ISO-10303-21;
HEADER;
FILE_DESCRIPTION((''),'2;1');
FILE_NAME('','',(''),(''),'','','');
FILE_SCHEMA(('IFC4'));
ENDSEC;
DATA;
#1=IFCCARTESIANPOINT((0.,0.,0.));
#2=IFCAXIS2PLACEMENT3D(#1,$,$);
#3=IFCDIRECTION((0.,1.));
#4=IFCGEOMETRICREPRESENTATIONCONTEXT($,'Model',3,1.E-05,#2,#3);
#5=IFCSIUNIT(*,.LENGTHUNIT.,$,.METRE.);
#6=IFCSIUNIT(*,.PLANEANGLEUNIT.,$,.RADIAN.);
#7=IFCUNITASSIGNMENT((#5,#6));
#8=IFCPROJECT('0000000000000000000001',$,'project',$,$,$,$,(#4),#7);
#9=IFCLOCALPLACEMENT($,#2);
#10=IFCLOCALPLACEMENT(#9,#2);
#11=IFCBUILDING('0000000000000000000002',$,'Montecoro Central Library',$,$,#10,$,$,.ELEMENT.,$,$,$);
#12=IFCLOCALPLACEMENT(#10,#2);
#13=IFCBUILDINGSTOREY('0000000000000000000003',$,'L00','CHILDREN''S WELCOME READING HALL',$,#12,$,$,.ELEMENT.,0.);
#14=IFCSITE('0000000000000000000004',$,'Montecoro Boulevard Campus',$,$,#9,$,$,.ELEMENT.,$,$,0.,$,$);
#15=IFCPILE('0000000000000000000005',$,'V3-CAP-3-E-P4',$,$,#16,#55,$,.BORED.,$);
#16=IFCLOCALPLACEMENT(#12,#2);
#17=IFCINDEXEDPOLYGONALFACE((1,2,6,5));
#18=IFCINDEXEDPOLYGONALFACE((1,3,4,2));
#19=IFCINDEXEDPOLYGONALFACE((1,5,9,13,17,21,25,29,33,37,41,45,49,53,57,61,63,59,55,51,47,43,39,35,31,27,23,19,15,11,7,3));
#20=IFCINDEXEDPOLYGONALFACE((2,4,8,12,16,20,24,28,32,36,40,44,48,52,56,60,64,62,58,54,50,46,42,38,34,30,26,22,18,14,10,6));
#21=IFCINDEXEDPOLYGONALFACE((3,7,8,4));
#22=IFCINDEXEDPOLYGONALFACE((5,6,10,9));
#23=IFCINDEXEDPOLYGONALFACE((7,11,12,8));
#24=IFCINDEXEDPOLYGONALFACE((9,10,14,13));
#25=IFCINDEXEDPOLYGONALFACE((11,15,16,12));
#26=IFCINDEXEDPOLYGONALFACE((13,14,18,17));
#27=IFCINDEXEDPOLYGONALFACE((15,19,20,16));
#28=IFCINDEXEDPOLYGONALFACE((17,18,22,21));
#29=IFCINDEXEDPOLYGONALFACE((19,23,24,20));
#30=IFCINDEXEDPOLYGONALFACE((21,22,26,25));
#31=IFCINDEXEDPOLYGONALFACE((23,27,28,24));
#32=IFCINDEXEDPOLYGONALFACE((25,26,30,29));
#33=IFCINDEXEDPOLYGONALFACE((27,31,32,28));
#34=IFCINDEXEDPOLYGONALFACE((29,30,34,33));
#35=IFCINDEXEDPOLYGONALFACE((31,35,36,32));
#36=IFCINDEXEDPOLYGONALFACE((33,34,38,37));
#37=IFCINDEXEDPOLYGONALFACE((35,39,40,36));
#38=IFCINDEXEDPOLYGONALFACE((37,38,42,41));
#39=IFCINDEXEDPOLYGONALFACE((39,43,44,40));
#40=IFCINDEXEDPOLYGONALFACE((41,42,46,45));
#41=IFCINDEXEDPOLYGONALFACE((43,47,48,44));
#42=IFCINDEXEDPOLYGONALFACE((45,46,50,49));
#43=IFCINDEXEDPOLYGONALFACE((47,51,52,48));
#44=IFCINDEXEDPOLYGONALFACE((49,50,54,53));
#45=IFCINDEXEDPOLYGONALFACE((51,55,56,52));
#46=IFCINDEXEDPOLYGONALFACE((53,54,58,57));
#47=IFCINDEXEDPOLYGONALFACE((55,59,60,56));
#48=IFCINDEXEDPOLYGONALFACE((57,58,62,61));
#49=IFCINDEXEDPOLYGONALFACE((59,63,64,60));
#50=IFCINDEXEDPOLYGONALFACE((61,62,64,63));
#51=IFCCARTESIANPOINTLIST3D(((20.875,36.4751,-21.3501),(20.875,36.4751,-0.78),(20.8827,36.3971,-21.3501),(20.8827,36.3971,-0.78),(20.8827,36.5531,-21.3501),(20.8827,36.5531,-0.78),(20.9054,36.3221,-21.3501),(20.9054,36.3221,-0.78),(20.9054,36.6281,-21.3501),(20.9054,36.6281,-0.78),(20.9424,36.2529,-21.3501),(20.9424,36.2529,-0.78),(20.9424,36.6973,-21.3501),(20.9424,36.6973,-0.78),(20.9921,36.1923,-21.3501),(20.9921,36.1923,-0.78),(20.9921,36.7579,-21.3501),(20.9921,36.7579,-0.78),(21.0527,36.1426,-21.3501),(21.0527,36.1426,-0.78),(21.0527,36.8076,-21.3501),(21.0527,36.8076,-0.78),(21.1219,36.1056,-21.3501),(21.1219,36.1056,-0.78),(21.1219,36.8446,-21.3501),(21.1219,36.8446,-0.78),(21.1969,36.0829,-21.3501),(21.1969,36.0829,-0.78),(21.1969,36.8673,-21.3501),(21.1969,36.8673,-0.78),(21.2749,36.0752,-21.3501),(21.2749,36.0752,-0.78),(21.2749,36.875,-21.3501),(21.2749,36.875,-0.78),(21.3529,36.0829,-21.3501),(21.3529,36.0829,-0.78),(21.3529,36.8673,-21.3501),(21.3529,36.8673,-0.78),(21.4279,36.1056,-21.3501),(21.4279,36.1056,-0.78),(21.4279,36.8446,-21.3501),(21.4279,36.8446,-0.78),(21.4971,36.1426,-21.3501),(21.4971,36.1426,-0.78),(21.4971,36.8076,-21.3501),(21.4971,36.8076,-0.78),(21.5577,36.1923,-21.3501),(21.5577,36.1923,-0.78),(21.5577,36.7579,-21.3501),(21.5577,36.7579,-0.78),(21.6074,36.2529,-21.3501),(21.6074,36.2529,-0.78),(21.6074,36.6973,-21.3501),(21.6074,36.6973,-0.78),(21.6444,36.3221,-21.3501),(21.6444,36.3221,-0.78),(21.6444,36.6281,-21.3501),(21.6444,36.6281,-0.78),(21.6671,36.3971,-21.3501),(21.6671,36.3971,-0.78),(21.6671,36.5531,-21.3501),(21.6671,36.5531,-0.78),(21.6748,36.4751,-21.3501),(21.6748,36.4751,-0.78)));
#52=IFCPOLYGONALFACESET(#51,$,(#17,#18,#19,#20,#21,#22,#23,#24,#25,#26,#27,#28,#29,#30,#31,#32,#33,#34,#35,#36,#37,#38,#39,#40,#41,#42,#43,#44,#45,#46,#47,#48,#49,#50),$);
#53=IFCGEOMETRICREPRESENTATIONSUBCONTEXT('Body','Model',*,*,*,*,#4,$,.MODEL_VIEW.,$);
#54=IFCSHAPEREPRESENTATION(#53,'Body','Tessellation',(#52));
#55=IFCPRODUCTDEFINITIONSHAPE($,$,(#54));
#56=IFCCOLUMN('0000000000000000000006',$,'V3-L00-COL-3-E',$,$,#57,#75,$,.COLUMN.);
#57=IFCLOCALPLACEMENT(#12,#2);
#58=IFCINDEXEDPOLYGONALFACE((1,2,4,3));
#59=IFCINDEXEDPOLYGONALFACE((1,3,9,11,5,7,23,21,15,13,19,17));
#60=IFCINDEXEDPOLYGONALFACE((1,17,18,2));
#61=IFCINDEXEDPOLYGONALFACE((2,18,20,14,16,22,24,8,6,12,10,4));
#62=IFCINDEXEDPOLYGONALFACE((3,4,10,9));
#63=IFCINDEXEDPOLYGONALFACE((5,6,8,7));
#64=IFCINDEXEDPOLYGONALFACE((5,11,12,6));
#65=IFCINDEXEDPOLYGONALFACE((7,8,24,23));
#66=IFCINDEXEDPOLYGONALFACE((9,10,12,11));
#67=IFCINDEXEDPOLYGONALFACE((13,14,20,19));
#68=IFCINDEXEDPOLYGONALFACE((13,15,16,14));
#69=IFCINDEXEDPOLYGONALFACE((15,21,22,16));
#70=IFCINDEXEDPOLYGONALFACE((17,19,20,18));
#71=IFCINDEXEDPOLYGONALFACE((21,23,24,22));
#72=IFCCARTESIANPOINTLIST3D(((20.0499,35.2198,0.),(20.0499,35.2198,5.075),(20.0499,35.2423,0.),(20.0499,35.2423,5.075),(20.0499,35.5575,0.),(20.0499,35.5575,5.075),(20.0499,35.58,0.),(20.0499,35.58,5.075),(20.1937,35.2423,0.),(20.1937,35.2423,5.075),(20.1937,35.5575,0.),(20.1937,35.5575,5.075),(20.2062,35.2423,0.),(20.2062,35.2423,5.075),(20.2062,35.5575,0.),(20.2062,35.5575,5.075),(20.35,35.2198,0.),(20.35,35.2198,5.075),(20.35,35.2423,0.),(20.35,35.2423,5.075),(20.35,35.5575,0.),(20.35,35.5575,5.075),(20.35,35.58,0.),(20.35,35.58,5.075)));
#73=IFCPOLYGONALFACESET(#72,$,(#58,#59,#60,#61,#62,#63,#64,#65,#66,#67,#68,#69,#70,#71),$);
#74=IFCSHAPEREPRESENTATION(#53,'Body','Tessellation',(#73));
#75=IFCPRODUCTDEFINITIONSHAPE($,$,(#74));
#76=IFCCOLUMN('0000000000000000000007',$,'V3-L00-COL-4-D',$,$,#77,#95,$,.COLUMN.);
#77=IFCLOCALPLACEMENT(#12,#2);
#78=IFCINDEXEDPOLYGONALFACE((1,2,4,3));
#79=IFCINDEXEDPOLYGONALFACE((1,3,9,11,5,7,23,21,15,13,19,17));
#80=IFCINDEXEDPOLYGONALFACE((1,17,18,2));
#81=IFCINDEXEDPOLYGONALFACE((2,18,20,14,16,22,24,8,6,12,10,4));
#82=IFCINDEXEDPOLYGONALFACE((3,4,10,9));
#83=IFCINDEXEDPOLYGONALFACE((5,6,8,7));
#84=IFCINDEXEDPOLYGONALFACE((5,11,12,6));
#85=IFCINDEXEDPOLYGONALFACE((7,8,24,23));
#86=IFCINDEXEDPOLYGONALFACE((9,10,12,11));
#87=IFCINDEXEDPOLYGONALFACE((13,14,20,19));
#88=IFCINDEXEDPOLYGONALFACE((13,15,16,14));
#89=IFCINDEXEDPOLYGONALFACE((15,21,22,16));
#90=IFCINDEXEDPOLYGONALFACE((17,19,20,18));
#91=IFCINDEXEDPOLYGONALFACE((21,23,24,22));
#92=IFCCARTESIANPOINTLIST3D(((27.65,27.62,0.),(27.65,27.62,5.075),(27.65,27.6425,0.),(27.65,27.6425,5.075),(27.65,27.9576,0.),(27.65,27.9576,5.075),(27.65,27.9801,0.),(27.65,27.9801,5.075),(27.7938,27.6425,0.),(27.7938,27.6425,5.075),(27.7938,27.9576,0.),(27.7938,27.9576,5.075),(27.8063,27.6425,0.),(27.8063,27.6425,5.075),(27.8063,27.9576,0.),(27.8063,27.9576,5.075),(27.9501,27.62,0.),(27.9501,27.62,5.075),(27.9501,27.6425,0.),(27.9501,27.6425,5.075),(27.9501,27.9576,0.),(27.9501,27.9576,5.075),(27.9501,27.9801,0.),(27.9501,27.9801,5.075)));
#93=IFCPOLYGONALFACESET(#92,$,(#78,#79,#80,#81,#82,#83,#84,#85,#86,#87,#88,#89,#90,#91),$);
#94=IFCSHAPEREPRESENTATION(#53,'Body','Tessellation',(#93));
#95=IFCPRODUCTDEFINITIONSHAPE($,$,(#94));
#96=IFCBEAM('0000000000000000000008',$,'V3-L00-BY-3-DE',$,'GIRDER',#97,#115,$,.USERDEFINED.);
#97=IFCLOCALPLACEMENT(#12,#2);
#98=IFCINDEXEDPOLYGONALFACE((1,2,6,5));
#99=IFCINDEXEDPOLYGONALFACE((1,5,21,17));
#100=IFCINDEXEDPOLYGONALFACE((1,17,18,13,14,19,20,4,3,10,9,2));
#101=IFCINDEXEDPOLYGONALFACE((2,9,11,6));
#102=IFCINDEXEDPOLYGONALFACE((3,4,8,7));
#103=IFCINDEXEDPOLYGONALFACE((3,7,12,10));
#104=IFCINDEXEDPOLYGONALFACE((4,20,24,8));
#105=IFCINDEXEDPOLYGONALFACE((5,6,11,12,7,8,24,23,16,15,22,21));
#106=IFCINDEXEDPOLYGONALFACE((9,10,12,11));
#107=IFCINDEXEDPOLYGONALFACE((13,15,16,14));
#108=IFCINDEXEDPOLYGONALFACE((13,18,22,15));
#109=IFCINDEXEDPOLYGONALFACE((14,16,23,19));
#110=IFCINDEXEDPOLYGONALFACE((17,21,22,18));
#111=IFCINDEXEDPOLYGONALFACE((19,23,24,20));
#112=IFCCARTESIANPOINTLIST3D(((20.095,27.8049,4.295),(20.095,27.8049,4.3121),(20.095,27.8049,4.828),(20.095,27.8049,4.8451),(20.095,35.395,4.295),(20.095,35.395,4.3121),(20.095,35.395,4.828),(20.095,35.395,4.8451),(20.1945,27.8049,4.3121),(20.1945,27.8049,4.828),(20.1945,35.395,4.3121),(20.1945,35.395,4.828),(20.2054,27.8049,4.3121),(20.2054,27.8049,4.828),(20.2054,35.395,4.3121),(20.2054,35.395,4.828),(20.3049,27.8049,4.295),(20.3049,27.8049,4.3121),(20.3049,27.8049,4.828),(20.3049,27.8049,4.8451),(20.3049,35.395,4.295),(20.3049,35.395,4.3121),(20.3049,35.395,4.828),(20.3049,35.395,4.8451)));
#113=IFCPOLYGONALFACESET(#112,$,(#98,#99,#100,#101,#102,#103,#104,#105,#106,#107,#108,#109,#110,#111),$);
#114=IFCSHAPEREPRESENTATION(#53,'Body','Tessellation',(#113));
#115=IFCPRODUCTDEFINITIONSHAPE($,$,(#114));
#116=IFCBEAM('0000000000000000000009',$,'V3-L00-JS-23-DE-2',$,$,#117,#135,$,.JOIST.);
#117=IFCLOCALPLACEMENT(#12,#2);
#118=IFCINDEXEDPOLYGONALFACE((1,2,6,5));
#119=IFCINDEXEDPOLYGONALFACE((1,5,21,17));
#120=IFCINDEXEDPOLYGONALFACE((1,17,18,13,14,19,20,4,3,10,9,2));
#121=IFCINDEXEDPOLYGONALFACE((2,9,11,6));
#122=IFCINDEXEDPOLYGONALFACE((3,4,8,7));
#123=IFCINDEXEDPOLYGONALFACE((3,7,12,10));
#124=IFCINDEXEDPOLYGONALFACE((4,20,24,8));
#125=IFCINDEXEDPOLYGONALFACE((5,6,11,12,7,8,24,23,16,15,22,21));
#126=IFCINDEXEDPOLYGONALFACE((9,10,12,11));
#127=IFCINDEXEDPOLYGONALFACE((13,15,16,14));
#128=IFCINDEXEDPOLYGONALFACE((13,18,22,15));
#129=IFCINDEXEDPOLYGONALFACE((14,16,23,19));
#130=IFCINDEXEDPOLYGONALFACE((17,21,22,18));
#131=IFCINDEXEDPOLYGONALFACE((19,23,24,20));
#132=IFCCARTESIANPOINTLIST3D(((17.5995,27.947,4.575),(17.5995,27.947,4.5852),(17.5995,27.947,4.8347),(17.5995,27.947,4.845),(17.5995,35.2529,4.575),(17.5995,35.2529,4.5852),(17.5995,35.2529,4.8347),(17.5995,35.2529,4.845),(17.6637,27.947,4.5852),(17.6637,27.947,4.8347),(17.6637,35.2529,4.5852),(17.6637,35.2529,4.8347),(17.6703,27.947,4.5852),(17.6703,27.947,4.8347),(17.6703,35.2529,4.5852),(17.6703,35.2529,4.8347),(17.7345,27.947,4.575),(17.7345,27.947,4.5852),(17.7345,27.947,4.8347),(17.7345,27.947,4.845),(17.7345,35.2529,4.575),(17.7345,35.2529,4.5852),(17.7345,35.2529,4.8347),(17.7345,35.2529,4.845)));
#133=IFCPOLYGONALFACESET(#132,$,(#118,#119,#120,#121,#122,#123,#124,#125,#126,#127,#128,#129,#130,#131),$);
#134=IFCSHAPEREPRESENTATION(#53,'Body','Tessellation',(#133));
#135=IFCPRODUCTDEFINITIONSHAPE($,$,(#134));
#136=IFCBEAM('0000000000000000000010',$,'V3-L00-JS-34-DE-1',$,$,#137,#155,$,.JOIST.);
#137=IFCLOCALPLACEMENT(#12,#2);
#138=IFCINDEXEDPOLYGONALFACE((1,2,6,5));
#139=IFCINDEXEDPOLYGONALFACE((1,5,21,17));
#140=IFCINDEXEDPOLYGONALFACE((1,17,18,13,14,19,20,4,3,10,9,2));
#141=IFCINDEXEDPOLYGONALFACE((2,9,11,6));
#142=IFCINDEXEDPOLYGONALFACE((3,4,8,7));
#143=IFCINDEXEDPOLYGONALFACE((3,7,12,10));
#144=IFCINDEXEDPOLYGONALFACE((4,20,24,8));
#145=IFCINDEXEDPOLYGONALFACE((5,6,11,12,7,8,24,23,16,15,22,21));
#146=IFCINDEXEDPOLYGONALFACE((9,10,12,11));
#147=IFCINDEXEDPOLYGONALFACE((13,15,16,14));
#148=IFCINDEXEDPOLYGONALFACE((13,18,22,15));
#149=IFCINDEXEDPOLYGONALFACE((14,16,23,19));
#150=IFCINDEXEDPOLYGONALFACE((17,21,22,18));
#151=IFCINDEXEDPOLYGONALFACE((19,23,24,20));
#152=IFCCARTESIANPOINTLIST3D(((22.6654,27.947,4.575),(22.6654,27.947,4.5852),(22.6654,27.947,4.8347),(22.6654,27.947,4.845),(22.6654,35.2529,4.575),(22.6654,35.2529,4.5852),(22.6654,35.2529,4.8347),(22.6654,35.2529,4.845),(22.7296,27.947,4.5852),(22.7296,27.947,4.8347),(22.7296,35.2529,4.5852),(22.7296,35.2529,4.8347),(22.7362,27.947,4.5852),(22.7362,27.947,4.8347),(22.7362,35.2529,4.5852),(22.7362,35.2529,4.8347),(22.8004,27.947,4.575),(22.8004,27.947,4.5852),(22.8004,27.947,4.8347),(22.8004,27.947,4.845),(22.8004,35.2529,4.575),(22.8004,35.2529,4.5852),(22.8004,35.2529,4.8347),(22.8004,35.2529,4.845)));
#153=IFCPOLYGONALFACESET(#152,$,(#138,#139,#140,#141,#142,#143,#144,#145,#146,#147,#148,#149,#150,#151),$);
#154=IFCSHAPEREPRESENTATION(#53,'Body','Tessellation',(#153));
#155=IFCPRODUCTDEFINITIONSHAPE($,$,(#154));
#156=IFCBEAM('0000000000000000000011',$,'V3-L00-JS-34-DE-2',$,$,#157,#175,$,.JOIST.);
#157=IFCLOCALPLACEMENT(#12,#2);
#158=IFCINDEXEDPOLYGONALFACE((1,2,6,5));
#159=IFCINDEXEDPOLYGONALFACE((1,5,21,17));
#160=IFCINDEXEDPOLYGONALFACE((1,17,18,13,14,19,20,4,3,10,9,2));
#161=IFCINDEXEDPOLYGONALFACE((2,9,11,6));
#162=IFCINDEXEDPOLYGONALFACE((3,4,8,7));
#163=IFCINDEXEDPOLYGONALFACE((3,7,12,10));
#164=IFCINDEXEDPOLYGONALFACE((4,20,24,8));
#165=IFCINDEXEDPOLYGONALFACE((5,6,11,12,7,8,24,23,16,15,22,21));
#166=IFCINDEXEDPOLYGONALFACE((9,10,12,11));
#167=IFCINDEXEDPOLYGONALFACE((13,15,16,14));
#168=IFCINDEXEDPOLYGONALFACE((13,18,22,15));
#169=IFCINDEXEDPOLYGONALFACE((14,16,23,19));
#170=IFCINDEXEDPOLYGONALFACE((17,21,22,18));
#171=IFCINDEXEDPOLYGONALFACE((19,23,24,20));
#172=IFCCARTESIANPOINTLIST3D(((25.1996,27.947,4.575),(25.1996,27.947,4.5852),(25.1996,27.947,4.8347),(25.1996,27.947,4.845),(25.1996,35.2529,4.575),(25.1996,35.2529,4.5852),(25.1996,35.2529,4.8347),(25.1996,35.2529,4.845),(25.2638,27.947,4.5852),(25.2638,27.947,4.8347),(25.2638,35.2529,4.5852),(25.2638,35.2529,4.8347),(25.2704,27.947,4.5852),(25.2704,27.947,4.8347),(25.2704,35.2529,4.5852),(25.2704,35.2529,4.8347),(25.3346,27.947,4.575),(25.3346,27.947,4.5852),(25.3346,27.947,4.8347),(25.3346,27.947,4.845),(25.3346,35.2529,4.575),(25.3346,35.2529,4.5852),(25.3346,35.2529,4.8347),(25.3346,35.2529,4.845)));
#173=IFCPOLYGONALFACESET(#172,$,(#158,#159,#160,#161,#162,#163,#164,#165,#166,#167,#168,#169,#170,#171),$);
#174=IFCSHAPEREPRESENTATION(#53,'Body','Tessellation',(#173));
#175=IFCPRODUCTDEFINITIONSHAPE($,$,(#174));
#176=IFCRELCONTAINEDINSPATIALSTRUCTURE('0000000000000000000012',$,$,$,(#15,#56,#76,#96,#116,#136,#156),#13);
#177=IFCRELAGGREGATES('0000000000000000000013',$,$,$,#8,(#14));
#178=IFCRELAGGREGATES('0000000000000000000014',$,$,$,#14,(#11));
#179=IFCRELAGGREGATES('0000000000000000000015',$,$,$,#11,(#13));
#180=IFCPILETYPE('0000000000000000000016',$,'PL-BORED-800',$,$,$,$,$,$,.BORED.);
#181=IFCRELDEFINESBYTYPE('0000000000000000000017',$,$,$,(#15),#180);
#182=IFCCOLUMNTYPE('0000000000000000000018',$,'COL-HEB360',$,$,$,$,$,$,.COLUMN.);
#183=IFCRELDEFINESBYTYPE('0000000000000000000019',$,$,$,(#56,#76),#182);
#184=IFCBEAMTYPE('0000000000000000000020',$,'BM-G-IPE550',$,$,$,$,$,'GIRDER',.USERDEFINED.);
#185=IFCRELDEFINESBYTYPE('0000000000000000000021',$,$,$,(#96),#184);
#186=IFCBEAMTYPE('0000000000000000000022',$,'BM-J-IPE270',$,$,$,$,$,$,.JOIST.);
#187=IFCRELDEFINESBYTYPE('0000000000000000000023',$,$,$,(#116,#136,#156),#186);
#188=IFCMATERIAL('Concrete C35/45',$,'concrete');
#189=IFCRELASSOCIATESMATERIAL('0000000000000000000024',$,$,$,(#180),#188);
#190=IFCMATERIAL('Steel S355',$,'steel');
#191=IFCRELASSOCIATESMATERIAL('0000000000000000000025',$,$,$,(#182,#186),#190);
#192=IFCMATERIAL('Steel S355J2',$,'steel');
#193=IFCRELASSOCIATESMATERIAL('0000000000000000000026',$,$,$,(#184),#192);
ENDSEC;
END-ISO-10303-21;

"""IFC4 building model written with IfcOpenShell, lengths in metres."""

from ifc_helpers import new_model, si_unit, direction, frame, origin, origin_2d, place, context, subcontext, project, spatial, circle, i_section, extrude, material, material_profile, profile_set, type_object, element, save


model = new_model("IFC4")

# Units and contexts
model_context = context("Model", 3, precision=1e-05, world=origin(), true_north=direction((0.0, 1.0)))
body_context = subcontext(model_context, "Body", "Model", "MODEL_VIEW")
ifc_project = project(units=[si_unit("LENGTHUNIT", "METRE"), si_unit("PLANEANGLEUNIT", "RADIAN")], contexts=[model_context])

# Site, building, storey
site_placement = place(None, origin())
site = spatial("IfcSite", under=ifc_project, at=site_placement, Name="Montecoro Boulevard Campus", CompositionType="ELEMENT", RefElevation=0.0)
building_placement = place(site_placement, origin())
building = spatial("IfcBuilding", under=site, at=building_placement, Name="Montecoro Central Library", CompositionType="ELEMENT")
storey_placement = place(building_placement, origin())
storey = spatial("IfcBuildingStorey", under=building, at=storey_placement, Name="L00", Description="CHILDREN'S WELCOME READING HALL", CompositionType="ELEMENT", Elevation=0.0)

# Shared definitions
ifc_material_1 = material(Name="Concrete C35/45", Category="concrete")

# Pile
ifc_material_profile_1 = material_profile(ifc_material_1, circle(Radius=0.3999, at=origin_2d()), Name="PILE D800")
ifc_profile_set_1 = profile_set([ifc_material_profile_1], Name="Concrete C35/45")
pile_type_1 = type_object("IfcPileType", Name="PL-BORED-800", PredefinedType="BORED", material=ifc_profile_set_1)
for number, where, z_axis, x_axis, name in (
    (1, (21.2749, 36.4751, -0.78), (0.0, 0.0, -1.0), (1.0, 0.0, 0.0), "V3-CAP-3-E-P4"),
):
    element("IfcPile", number, at=place(storey_placement, frame(where, z_axis=z_axis, x_axis=x_axis)), inside=storey, type_object=pile_type_1, Name=name, PredefinedType="BORED", context=body_context, shape_type="SweptSolid", body=[
        extrude(circle(Radius=0.3999, at=origin_2d()), origin(), (0.0, 0.0, 1.0), 20.5701),
    ])

# Columns
ifc_material_2 = material(Name="Steel S355", Category="steel")
ifc_material_profile_2 = material_profile(ifc_material_2, i_section(OverallWidth=0.3, OverallDepth=0.3601, WebThickness=0.0125, FlangeThickness=0.0225, at=origin_2d()), Name="HEB 360")
ifc_profile_set_2 = profile_set([ifc_material_profile_2], Name="Steel S355")
column_type = type_object("IfcColumnType", Name="COL-HEB360", PredefinedType="COLUMN", material=ifc_profile_set_2)
for number, where, z_axis, x_axis, name in (
    (2, (20.2, 35.3999, 0.0), (0.0, 0.0, 1.0), (1.0, 0.0, 0.0), "V3-L00-COL-3-E"),
    (3, (27.8, 27.8, 0.0), (0.0, 0.0, 1.0), (1.0, 0.0, 0.0), "V3-L00-COL-4-D"),
):
    element("IfcColumn", number, at=place(storey_placement, frame(where, z_axis=z_axis, x_axis=x_axis)), inside=storey, type_object=column_type, Name=name, PredefinedType="COLUMN", context=body_context, shape_type="SweptSolid", body=[
        extrude(i_section(OverallWidth=0.3, OverallDepth=0.3601, WebThickness=0.0125, FlangeThickness=0.0225, at=origin_2d()), origin(), (0.0, 0.0, 1.0), 5.075),
    ])

# Beams
ifc_material_3 = material(Name="Steel S355J2", Category="steel")
ifc_material_profile_3 = material_profile(ifc_material_3, i_section(OverallWidth=0.21, OverallDepth=0.55, WebThickness=0.011, FlangeThickness=0.0171, at=origin_2d()), Name="IPE 550")
ifc_profile_set_3 = profile_set([ifc_material_profile_3], Name="Steel S355J2")
beam_type_1 = type_object("IfcBeamType", Name="BM-G-IPE550", ElementType="GIRDER", PredefinedType="USERDEFINED", material=ifc_profile_set_3)
beam_1_placement = place(storey_placement, frame((20.2, 27.8049, 4.5701), z_axis=(0.0, 1.0, 0.0), x_axis=(-1.0, 0.0, 0.0)))
element("IfcBeam", 4, at=beam_1_placement, inside=storey, type_object=beam_type_1, Name="V3-L00-BY-3-DE", ObjectType="GIRDER", PredefinedType="USERDEFINED", context=body_context, shape_type="SweptSolid", body=[
    extrude(i_section(OverallWidth=0.21, OverallDepth=0.55, WebThickness=0.011, FlangeThickness=0.0171, at=origin_2d()), origin(), (0.0, 0.0, 1.0), 7.5901),
])
ifc_material_profile_4 = material_profile(ifc_material_2, i_section(OverallWidth=0.135, OverallDepth=0.27, WebThickness=0.0066, FlangeThickness=0.0103, at=origin_2d()), Name="IPE 270")
ifc_profile_set_4 = profile_set([ifc_material_profile_4], Name="Steel S355")
beam_type_2 = type_object("IfcBeamType", Name="BM-J-IPE270", PredefinedType="JOIST", material=ifc_profile_set_4)
for number, where, z_axis, x_axis, name in (
    (5, (17.667, 27.947, 4.71), (0.0, 1.0, 0.0), (-1.0, 0.0, 0.0), "V3-L00-JS-23-DE-2"),
    (6, (22.7329, 27.947, 4.71), (0.0, 1.0, 0.0), (-1.0, 0.0, 0.0), "V3-L00-JS-34-DE-1"),
    (7, (25.2671, 27.947, 4.71), (0.0, 1.0, 0.0), (-1.0, 0.0, 0.0), "V3-L00-JS-34-DE-2"),
):
    element("IfcBeam", number, at=place(storey_placement, frame(where, z_axis=z_axis, x_axis=x_axis)), inside=storey, type_object=beam_type_2, Name=name, PredefinedType="JOIST", context=body_context, shape_type="SweptSolid", body=[
        extrude(i_section(OverallWidth=0.135, OverallDepth=0.27, WebThickness=0.0066, FlangeThickness=0.0103, at=origin_2d()), origin(), (0.0, 0.0, 1.0), 7.3059),
    ])

save(model, "model.ifc")
